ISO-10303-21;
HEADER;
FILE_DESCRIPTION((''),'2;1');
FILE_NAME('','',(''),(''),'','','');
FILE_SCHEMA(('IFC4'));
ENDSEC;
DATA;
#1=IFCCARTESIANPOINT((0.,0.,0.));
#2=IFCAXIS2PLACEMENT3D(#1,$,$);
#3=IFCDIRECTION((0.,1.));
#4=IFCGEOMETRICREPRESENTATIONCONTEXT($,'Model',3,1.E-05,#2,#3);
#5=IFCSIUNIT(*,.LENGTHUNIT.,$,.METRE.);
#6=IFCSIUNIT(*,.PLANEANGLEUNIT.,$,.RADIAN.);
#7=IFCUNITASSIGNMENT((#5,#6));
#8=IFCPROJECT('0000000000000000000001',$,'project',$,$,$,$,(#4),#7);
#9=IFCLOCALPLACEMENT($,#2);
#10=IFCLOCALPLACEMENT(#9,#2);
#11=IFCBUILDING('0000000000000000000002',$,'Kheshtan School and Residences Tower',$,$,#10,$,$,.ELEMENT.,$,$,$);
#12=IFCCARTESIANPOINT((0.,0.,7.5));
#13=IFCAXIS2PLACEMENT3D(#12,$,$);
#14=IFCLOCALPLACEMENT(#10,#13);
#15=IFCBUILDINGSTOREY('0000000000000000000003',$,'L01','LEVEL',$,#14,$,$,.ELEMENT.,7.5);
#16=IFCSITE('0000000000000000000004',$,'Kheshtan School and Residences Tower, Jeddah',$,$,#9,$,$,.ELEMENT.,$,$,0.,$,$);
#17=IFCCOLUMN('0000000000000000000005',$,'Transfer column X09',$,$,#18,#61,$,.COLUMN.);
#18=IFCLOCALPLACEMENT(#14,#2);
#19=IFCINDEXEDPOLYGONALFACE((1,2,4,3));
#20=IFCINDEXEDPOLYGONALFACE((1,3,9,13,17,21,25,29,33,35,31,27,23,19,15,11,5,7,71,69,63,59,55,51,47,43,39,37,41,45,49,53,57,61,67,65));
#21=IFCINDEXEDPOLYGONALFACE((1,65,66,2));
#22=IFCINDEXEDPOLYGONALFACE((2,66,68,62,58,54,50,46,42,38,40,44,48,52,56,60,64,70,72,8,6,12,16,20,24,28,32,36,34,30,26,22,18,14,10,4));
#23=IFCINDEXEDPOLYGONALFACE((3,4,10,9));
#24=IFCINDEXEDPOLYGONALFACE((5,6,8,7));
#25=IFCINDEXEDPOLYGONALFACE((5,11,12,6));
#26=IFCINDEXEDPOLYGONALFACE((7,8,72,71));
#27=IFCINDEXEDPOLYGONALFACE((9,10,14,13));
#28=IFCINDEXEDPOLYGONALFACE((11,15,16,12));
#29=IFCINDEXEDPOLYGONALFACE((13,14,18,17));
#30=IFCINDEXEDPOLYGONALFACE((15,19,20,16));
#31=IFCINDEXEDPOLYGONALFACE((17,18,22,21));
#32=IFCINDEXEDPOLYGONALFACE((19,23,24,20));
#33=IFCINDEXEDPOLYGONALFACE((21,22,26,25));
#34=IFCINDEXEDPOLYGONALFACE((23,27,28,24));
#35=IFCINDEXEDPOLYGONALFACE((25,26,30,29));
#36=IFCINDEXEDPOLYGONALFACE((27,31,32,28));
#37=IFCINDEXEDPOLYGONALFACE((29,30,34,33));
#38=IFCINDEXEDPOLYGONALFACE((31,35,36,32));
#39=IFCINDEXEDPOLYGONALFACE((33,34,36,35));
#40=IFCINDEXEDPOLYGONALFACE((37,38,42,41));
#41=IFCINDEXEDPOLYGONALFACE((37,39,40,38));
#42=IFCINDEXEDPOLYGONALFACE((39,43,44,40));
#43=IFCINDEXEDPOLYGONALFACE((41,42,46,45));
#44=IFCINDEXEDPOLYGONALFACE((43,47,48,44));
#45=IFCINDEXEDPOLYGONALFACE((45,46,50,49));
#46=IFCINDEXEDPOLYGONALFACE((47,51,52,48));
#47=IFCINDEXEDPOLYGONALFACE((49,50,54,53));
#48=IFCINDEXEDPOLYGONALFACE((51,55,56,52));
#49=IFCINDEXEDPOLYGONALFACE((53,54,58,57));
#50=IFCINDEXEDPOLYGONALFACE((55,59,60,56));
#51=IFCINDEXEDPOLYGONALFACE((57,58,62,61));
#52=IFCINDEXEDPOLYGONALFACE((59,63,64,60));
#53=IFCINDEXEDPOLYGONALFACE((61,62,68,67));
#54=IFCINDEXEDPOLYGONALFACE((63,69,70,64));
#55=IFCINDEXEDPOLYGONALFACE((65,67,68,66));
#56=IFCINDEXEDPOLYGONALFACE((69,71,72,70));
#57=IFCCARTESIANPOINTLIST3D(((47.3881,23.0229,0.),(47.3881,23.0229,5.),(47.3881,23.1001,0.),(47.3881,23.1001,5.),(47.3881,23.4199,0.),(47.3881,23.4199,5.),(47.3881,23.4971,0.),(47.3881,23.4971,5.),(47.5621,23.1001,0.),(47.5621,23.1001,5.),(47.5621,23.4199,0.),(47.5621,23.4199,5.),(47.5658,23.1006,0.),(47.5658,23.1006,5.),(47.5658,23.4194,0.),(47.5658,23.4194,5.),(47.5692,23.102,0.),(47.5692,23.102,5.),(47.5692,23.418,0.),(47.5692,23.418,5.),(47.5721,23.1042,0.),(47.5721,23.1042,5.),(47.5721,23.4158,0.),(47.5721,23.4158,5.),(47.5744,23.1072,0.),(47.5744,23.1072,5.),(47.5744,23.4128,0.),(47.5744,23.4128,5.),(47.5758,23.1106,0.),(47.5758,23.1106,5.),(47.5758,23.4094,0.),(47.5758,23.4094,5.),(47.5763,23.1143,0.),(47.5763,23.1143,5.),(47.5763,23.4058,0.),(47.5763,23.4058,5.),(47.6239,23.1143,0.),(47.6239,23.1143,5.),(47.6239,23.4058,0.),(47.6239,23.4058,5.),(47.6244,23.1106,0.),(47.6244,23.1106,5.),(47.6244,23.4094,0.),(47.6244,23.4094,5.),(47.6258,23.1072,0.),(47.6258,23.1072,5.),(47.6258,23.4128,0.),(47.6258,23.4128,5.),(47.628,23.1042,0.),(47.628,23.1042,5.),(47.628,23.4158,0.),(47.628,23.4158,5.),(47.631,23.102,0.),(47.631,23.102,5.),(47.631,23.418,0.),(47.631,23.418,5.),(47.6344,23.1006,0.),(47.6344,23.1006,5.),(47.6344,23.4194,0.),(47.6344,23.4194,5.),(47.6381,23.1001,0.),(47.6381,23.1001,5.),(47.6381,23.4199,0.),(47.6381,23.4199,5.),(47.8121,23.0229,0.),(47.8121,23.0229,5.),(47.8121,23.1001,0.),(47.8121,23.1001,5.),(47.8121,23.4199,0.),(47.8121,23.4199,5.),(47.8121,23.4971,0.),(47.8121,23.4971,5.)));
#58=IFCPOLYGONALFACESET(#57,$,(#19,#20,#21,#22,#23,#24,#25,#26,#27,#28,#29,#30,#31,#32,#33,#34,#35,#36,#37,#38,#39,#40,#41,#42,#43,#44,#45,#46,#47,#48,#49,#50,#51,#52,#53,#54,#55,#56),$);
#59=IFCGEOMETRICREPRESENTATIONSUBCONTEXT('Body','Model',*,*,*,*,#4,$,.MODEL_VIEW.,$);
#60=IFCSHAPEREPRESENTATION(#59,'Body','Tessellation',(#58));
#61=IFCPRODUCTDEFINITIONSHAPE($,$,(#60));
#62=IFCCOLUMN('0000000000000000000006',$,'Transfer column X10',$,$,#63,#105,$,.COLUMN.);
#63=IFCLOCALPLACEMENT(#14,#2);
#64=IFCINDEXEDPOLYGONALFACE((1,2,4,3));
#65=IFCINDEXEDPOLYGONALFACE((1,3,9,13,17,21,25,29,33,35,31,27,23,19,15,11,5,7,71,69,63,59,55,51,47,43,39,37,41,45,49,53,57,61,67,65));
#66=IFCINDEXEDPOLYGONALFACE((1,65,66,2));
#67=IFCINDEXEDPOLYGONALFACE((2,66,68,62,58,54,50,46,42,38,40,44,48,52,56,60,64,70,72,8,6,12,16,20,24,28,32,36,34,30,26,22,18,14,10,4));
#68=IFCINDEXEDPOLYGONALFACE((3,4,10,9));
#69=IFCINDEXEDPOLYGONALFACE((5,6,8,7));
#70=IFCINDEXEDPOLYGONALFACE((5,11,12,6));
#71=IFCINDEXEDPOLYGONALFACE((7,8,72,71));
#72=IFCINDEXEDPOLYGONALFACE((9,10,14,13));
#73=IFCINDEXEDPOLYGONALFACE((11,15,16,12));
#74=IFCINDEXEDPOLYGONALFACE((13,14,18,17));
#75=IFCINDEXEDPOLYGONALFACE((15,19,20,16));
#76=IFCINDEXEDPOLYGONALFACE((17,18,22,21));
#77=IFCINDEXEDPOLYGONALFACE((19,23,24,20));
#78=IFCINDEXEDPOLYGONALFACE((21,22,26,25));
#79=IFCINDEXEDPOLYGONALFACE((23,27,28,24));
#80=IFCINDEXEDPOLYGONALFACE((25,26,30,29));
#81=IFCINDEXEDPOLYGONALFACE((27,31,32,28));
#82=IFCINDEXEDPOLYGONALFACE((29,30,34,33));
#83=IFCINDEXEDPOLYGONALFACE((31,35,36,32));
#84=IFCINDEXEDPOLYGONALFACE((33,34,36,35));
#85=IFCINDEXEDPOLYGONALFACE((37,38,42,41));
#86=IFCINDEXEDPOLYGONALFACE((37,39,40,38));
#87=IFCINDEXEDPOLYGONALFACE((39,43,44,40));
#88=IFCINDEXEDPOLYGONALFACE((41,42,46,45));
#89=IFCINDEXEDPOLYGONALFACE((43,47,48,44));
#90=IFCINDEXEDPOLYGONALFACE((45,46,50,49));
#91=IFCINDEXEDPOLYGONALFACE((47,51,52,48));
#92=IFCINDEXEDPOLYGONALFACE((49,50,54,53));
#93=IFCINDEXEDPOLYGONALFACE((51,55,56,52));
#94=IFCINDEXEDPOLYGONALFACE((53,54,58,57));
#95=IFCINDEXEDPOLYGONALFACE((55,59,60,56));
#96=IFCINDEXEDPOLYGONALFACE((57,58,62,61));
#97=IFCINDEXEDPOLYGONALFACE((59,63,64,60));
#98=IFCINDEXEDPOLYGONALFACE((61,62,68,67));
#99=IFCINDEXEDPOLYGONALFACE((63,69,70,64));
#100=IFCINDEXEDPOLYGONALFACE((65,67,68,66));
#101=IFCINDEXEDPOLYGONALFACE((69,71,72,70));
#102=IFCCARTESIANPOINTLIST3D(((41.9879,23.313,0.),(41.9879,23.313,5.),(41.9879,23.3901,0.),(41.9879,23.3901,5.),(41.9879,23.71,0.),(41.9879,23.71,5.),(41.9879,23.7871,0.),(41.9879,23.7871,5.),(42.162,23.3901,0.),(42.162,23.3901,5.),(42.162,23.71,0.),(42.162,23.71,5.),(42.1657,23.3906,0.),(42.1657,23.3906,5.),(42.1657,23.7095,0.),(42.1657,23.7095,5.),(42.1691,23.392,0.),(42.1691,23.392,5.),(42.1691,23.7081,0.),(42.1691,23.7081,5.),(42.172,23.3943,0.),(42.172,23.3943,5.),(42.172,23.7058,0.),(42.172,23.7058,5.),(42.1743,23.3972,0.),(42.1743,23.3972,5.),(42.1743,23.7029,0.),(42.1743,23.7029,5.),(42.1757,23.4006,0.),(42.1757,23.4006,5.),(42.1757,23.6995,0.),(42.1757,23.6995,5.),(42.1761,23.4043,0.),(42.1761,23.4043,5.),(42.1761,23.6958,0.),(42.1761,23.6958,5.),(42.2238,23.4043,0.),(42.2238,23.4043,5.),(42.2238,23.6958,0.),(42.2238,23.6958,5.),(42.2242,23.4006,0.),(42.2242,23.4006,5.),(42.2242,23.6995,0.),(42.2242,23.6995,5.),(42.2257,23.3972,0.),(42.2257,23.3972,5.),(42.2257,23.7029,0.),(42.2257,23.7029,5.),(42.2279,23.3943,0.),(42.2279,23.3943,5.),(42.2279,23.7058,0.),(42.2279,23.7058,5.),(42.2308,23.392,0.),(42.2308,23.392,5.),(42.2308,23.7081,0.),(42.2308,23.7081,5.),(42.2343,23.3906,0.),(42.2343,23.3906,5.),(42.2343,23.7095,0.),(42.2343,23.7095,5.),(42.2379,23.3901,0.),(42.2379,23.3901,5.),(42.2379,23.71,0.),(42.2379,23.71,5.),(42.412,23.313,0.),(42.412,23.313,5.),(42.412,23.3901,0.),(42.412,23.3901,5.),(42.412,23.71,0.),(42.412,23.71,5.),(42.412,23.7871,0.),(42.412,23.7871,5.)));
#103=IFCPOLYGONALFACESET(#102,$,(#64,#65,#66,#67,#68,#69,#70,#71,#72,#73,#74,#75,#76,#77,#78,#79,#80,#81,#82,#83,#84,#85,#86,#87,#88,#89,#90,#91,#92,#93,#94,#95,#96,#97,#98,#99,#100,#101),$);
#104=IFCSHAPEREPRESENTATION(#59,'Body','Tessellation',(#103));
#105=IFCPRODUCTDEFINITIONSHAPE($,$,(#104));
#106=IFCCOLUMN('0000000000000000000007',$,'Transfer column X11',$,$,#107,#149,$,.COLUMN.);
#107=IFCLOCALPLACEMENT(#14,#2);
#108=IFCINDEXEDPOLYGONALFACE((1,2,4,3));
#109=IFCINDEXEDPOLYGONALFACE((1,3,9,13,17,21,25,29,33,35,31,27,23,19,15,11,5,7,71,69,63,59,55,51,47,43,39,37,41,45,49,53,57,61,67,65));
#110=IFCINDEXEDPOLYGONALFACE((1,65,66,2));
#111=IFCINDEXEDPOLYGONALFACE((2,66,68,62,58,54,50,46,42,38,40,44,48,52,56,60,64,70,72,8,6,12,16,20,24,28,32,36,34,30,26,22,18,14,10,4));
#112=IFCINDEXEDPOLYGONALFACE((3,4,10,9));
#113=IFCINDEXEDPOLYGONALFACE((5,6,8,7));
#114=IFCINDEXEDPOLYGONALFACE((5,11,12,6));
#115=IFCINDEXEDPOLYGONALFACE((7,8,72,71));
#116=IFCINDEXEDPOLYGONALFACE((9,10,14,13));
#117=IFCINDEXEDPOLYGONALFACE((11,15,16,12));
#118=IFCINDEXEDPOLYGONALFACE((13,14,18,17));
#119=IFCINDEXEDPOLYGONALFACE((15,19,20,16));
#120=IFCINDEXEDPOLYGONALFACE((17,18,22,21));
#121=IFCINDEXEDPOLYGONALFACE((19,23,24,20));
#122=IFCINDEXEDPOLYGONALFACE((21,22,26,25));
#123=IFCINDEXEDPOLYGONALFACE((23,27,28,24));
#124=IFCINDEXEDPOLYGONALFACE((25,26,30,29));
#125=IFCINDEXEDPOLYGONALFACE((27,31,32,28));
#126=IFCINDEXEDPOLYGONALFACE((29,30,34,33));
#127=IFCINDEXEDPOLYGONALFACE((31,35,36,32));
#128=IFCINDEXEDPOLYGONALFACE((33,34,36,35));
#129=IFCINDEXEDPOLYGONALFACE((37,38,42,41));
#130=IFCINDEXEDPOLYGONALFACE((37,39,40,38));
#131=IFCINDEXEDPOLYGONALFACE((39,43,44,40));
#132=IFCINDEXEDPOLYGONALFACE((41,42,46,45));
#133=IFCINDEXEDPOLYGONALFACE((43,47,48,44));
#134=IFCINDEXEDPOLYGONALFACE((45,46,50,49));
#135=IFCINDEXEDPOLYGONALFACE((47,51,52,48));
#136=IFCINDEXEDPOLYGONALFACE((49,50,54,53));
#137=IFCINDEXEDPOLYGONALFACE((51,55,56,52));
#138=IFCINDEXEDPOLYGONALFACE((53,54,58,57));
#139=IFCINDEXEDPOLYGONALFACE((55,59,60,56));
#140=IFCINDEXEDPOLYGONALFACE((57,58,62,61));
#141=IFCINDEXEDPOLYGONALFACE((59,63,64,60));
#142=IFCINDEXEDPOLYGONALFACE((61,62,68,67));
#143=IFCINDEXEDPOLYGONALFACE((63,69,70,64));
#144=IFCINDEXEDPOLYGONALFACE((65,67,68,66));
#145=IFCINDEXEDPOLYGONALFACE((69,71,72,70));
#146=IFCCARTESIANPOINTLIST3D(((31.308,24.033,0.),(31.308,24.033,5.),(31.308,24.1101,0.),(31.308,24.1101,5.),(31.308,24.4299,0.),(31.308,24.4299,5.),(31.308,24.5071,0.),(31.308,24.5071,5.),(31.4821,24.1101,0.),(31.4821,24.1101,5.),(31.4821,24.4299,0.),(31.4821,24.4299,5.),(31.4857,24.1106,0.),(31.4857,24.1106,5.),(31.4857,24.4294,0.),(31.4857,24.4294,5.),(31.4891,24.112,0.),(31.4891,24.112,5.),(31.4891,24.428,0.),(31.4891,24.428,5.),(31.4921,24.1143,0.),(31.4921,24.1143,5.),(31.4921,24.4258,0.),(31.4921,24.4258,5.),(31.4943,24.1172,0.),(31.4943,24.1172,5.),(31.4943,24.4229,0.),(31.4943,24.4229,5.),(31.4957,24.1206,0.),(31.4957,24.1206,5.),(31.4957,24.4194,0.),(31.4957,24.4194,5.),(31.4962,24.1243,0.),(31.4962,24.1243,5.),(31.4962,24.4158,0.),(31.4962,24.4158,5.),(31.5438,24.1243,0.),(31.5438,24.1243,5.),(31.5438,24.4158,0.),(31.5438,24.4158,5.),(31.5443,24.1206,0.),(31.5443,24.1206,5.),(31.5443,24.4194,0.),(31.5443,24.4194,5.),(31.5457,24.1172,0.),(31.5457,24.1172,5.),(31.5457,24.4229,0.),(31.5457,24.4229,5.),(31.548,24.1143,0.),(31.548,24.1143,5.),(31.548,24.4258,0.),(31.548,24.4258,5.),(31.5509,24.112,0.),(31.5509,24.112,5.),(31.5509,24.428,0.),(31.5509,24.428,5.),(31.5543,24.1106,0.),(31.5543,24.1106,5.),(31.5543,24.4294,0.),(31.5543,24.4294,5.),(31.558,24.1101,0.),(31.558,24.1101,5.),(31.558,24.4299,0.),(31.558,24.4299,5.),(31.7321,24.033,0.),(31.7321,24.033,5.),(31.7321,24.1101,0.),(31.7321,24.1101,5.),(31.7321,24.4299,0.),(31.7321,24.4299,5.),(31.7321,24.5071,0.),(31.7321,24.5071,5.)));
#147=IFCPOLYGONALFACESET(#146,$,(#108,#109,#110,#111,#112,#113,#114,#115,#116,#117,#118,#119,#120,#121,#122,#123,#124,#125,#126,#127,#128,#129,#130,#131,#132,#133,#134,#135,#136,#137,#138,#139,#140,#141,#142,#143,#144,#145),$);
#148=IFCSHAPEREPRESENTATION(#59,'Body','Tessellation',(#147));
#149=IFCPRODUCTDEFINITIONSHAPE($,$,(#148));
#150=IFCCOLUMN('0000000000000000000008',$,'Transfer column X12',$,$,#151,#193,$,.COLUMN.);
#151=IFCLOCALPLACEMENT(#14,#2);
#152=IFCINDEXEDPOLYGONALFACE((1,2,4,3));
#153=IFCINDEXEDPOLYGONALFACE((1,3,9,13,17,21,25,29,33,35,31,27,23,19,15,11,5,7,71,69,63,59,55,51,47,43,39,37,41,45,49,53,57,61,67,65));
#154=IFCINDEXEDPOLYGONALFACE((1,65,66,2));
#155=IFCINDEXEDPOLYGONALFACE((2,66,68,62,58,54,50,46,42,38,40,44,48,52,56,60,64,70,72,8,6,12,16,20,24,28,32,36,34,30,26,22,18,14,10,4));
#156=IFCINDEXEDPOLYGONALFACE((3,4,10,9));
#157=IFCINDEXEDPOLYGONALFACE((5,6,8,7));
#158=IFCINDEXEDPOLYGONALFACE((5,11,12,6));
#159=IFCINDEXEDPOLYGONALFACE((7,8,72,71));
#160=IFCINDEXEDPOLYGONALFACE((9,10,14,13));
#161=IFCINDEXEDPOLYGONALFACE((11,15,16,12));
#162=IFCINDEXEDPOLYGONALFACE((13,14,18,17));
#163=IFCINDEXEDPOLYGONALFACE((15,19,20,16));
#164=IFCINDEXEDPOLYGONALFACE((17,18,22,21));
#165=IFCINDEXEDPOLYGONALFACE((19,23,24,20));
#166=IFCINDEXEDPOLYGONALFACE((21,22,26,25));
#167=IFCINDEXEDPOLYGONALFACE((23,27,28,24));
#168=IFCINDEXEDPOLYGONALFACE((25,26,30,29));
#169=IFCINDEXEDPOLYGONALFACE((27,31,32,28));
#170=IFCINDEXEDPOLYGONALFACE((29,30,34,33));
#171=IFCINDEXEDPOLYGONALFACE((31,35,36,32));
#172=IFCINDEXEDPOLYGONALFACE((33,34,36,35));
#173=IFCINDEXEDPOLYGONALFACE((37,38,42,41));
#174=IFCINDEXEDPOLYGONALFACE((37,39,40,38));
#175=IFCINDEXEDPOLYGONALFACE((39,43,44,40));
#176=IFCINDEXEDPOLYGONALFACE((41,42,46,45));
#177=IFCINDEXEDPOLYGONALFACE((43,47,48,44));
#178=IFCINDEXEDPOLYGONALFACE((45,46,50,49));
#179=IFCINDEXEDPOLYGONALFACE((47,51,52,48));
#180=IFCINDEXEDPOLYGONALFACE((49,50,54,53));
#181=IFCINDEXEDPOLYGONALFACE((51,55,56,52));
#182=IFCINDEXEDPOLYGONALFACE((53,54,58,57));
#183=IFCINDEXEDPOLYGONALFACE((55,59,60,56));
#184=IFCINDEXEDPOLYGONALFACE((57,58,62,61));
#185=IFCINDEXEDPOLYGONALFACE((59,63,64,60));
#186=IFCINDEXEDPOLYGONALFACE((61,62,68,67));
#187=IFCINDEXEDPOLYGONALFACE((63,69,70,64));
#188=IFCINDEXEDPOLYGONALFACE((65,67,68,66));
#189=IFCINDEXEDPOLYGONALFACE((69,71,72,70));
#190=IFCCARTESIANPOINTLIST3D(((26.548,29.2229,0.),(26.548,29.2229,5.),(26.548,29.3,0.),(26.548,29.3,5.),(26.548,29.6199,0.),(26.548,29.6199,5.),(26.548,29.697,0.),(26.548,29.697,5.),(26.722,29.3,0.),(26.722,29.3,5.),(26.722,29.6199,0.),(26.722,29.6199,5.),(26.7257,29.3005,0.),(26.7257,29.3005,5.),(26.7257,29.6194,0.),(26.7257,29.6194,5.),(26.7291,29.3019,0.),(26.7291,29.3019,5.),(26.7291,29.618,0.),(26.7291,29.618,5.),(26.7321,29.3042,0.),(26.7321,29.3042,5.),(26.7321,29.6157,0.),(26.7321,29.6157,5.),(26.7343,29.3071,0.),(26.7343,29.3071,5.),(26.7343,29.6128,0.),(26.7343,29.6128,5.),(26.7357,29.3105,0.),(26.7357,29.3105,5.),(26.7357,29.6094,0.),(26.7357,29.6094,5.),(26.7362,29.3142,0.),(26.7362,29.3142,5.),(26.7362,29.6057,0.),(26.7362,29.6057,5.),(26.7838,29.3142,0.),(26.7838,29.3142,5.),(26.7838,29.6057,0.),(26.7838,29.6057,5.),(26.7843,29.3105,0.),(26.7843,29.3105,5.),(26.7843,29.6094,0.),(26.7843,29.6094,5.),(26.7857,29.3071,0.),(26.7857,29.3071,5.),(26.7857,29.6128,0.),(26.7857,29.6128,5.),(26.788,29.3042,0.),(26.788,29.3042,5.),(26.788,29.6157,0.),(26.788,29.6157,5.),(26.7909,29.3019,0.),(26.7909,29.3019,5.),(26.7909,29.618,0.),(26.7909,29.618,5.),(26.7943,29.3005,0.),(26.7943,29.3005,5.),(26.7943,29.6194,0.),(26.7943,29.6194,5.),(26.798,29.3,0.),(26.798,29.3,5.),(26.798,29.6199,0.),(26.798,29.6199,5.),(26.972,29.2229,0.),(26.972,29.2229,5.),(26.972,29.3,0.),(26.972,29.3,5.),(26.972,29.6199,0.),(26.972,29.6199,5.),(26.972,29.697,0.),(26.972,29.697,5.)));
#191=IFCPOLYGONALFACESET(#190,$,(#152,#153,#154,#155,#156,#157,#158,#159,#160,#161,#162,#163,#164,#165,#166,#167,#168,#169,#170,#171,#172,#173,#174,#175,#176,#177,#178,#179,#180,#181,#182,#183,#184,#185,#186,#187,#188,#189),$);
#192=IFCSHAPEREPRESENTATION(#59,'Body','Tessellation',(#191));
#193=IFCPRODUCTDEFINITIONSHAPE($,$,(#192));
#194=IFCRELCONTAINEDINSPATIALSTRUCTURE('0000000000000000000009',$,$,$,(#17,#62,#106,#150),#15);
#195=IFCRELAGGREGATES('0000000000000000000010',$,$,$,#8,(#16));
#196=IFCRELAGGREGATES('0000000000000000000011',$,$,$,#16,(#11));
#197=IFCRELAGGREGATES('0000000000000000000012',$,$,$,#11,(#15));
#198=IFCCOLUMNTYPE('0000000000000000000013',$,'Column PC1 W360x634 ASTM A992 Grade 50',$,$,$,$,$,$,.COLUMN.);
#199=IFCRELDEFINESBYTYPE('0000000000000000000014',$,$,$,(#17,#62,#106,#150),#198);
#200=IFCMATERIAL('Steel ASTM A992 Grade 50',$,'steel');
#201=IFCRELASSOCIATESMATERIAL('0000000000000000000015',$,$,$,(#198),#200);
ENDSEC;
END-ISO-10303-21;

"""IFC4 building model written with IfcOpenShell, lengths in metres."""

from ifc_helpers import new_model, si_unit, direction, frame, origin, origin_2d, place, context, subcontext, project, spatial, i_section, extrude, material, material_profile, profile_set, type_object, element, save


model = new_model("IFC4")

# Units and contexts
model_context = context("Model", 3, precision=1e-05, world=origin(), true_north=direction((0.0, 1.0)))
body_context = subcontext(model_context, "Body", "Model", "MODEL_VIEW")
ifc_project = project(units=[si_unit("LENGTHUNIT", "METRE"), si_unit("PLANEANGLEUNIT", "RADIAN")], contexts=[model_context])

# Site, building, storey
site_placement = place(None, origin())
site = spatial("IfcSite", under=ifc_project, at=site_placement, Name="Kheshtan School and Residences Tower, Jeddah", CompositionType="ELEMENT", RefElevation=0.0)
building_placement = place(site_placement, origin())
building = spatial("IfcBuilding", under=site, at=building_placement, Name="Kheshtan School and Residences Tower", CompositionType="ELEMENT")
storey_placement = place(building_placement, frame((0.0, 0.0, 7.5)))
storey = spatial("IfcBuildingStorey", under=building, at=storey_placement, Name="L01", Description="LEVEL", CompositionType="ELEMENT", Elevation=7.5)

# Columns
ifc_material_1 = material(Name="Steel ASTM A992 Grade 50", Category="steel")
ifc_material_profile_1 = material_profile(ifc_material_1, i_section(OverallWidth=0.4241, OverallDepth=0.4741, WebThickness=0.0476, FlangeThickness=0.0771, FilletRadius=0.0142, at=origin_2d()), Name="W360x634")
ifc_profile_set_1 = profile_set([ifc_material_profile_1], Name="Steel ASTM A992 Grade 50")
column_type = type_object("IfcColumnType", Name="Column PC1 W360x634 ASTM A992 Grade 50", PredefinedType="COLUMN", material=ifc_profile_set_1)
for number, where, z_axis, x_axis, name in (
    (1, (47.6001, 23.26, 0.0), (0.0, 0.0, 1.0), (1.0, 0.0, 0.0), "Transfer column X09"),
    (2, (42.2, 23.55, 0.0), (0.0, 0.0, 1.0), (1.0, 0.0, 0.0), "Transfer column X10"),
    (3, (31.52, 24.27, 0.0), (0.0, 0.0, 1.0), (1.0, 0.0, 0.0), "Transfer column X11"),
    (4, (26.76, 29.46, 0.0), (0.0, 0.0, 1.0), (1.0, 0.0, 0.0), "Transfer column X12"),
):
    element("IfcColumn", number, at=place(storey_placement, frame(where, z_axis=z_axis, x_axis=x_axis)), inside=storey, type_object=column_type, Name=name, PredefinedType="COLUMN", context=body_context, shape_type="SweptSolid", body=[
        extrude(i_section(OverallWidth=0.4241, OverallDepth=0.4741, WebThickness=0.0476, FlangeThickness=0.0771, FilletRadius=0.0142, at=origin_2d()), origin(), (0.0, 0.0, 1.0), 5.0),
    ])

save(model, "model.ifc")
